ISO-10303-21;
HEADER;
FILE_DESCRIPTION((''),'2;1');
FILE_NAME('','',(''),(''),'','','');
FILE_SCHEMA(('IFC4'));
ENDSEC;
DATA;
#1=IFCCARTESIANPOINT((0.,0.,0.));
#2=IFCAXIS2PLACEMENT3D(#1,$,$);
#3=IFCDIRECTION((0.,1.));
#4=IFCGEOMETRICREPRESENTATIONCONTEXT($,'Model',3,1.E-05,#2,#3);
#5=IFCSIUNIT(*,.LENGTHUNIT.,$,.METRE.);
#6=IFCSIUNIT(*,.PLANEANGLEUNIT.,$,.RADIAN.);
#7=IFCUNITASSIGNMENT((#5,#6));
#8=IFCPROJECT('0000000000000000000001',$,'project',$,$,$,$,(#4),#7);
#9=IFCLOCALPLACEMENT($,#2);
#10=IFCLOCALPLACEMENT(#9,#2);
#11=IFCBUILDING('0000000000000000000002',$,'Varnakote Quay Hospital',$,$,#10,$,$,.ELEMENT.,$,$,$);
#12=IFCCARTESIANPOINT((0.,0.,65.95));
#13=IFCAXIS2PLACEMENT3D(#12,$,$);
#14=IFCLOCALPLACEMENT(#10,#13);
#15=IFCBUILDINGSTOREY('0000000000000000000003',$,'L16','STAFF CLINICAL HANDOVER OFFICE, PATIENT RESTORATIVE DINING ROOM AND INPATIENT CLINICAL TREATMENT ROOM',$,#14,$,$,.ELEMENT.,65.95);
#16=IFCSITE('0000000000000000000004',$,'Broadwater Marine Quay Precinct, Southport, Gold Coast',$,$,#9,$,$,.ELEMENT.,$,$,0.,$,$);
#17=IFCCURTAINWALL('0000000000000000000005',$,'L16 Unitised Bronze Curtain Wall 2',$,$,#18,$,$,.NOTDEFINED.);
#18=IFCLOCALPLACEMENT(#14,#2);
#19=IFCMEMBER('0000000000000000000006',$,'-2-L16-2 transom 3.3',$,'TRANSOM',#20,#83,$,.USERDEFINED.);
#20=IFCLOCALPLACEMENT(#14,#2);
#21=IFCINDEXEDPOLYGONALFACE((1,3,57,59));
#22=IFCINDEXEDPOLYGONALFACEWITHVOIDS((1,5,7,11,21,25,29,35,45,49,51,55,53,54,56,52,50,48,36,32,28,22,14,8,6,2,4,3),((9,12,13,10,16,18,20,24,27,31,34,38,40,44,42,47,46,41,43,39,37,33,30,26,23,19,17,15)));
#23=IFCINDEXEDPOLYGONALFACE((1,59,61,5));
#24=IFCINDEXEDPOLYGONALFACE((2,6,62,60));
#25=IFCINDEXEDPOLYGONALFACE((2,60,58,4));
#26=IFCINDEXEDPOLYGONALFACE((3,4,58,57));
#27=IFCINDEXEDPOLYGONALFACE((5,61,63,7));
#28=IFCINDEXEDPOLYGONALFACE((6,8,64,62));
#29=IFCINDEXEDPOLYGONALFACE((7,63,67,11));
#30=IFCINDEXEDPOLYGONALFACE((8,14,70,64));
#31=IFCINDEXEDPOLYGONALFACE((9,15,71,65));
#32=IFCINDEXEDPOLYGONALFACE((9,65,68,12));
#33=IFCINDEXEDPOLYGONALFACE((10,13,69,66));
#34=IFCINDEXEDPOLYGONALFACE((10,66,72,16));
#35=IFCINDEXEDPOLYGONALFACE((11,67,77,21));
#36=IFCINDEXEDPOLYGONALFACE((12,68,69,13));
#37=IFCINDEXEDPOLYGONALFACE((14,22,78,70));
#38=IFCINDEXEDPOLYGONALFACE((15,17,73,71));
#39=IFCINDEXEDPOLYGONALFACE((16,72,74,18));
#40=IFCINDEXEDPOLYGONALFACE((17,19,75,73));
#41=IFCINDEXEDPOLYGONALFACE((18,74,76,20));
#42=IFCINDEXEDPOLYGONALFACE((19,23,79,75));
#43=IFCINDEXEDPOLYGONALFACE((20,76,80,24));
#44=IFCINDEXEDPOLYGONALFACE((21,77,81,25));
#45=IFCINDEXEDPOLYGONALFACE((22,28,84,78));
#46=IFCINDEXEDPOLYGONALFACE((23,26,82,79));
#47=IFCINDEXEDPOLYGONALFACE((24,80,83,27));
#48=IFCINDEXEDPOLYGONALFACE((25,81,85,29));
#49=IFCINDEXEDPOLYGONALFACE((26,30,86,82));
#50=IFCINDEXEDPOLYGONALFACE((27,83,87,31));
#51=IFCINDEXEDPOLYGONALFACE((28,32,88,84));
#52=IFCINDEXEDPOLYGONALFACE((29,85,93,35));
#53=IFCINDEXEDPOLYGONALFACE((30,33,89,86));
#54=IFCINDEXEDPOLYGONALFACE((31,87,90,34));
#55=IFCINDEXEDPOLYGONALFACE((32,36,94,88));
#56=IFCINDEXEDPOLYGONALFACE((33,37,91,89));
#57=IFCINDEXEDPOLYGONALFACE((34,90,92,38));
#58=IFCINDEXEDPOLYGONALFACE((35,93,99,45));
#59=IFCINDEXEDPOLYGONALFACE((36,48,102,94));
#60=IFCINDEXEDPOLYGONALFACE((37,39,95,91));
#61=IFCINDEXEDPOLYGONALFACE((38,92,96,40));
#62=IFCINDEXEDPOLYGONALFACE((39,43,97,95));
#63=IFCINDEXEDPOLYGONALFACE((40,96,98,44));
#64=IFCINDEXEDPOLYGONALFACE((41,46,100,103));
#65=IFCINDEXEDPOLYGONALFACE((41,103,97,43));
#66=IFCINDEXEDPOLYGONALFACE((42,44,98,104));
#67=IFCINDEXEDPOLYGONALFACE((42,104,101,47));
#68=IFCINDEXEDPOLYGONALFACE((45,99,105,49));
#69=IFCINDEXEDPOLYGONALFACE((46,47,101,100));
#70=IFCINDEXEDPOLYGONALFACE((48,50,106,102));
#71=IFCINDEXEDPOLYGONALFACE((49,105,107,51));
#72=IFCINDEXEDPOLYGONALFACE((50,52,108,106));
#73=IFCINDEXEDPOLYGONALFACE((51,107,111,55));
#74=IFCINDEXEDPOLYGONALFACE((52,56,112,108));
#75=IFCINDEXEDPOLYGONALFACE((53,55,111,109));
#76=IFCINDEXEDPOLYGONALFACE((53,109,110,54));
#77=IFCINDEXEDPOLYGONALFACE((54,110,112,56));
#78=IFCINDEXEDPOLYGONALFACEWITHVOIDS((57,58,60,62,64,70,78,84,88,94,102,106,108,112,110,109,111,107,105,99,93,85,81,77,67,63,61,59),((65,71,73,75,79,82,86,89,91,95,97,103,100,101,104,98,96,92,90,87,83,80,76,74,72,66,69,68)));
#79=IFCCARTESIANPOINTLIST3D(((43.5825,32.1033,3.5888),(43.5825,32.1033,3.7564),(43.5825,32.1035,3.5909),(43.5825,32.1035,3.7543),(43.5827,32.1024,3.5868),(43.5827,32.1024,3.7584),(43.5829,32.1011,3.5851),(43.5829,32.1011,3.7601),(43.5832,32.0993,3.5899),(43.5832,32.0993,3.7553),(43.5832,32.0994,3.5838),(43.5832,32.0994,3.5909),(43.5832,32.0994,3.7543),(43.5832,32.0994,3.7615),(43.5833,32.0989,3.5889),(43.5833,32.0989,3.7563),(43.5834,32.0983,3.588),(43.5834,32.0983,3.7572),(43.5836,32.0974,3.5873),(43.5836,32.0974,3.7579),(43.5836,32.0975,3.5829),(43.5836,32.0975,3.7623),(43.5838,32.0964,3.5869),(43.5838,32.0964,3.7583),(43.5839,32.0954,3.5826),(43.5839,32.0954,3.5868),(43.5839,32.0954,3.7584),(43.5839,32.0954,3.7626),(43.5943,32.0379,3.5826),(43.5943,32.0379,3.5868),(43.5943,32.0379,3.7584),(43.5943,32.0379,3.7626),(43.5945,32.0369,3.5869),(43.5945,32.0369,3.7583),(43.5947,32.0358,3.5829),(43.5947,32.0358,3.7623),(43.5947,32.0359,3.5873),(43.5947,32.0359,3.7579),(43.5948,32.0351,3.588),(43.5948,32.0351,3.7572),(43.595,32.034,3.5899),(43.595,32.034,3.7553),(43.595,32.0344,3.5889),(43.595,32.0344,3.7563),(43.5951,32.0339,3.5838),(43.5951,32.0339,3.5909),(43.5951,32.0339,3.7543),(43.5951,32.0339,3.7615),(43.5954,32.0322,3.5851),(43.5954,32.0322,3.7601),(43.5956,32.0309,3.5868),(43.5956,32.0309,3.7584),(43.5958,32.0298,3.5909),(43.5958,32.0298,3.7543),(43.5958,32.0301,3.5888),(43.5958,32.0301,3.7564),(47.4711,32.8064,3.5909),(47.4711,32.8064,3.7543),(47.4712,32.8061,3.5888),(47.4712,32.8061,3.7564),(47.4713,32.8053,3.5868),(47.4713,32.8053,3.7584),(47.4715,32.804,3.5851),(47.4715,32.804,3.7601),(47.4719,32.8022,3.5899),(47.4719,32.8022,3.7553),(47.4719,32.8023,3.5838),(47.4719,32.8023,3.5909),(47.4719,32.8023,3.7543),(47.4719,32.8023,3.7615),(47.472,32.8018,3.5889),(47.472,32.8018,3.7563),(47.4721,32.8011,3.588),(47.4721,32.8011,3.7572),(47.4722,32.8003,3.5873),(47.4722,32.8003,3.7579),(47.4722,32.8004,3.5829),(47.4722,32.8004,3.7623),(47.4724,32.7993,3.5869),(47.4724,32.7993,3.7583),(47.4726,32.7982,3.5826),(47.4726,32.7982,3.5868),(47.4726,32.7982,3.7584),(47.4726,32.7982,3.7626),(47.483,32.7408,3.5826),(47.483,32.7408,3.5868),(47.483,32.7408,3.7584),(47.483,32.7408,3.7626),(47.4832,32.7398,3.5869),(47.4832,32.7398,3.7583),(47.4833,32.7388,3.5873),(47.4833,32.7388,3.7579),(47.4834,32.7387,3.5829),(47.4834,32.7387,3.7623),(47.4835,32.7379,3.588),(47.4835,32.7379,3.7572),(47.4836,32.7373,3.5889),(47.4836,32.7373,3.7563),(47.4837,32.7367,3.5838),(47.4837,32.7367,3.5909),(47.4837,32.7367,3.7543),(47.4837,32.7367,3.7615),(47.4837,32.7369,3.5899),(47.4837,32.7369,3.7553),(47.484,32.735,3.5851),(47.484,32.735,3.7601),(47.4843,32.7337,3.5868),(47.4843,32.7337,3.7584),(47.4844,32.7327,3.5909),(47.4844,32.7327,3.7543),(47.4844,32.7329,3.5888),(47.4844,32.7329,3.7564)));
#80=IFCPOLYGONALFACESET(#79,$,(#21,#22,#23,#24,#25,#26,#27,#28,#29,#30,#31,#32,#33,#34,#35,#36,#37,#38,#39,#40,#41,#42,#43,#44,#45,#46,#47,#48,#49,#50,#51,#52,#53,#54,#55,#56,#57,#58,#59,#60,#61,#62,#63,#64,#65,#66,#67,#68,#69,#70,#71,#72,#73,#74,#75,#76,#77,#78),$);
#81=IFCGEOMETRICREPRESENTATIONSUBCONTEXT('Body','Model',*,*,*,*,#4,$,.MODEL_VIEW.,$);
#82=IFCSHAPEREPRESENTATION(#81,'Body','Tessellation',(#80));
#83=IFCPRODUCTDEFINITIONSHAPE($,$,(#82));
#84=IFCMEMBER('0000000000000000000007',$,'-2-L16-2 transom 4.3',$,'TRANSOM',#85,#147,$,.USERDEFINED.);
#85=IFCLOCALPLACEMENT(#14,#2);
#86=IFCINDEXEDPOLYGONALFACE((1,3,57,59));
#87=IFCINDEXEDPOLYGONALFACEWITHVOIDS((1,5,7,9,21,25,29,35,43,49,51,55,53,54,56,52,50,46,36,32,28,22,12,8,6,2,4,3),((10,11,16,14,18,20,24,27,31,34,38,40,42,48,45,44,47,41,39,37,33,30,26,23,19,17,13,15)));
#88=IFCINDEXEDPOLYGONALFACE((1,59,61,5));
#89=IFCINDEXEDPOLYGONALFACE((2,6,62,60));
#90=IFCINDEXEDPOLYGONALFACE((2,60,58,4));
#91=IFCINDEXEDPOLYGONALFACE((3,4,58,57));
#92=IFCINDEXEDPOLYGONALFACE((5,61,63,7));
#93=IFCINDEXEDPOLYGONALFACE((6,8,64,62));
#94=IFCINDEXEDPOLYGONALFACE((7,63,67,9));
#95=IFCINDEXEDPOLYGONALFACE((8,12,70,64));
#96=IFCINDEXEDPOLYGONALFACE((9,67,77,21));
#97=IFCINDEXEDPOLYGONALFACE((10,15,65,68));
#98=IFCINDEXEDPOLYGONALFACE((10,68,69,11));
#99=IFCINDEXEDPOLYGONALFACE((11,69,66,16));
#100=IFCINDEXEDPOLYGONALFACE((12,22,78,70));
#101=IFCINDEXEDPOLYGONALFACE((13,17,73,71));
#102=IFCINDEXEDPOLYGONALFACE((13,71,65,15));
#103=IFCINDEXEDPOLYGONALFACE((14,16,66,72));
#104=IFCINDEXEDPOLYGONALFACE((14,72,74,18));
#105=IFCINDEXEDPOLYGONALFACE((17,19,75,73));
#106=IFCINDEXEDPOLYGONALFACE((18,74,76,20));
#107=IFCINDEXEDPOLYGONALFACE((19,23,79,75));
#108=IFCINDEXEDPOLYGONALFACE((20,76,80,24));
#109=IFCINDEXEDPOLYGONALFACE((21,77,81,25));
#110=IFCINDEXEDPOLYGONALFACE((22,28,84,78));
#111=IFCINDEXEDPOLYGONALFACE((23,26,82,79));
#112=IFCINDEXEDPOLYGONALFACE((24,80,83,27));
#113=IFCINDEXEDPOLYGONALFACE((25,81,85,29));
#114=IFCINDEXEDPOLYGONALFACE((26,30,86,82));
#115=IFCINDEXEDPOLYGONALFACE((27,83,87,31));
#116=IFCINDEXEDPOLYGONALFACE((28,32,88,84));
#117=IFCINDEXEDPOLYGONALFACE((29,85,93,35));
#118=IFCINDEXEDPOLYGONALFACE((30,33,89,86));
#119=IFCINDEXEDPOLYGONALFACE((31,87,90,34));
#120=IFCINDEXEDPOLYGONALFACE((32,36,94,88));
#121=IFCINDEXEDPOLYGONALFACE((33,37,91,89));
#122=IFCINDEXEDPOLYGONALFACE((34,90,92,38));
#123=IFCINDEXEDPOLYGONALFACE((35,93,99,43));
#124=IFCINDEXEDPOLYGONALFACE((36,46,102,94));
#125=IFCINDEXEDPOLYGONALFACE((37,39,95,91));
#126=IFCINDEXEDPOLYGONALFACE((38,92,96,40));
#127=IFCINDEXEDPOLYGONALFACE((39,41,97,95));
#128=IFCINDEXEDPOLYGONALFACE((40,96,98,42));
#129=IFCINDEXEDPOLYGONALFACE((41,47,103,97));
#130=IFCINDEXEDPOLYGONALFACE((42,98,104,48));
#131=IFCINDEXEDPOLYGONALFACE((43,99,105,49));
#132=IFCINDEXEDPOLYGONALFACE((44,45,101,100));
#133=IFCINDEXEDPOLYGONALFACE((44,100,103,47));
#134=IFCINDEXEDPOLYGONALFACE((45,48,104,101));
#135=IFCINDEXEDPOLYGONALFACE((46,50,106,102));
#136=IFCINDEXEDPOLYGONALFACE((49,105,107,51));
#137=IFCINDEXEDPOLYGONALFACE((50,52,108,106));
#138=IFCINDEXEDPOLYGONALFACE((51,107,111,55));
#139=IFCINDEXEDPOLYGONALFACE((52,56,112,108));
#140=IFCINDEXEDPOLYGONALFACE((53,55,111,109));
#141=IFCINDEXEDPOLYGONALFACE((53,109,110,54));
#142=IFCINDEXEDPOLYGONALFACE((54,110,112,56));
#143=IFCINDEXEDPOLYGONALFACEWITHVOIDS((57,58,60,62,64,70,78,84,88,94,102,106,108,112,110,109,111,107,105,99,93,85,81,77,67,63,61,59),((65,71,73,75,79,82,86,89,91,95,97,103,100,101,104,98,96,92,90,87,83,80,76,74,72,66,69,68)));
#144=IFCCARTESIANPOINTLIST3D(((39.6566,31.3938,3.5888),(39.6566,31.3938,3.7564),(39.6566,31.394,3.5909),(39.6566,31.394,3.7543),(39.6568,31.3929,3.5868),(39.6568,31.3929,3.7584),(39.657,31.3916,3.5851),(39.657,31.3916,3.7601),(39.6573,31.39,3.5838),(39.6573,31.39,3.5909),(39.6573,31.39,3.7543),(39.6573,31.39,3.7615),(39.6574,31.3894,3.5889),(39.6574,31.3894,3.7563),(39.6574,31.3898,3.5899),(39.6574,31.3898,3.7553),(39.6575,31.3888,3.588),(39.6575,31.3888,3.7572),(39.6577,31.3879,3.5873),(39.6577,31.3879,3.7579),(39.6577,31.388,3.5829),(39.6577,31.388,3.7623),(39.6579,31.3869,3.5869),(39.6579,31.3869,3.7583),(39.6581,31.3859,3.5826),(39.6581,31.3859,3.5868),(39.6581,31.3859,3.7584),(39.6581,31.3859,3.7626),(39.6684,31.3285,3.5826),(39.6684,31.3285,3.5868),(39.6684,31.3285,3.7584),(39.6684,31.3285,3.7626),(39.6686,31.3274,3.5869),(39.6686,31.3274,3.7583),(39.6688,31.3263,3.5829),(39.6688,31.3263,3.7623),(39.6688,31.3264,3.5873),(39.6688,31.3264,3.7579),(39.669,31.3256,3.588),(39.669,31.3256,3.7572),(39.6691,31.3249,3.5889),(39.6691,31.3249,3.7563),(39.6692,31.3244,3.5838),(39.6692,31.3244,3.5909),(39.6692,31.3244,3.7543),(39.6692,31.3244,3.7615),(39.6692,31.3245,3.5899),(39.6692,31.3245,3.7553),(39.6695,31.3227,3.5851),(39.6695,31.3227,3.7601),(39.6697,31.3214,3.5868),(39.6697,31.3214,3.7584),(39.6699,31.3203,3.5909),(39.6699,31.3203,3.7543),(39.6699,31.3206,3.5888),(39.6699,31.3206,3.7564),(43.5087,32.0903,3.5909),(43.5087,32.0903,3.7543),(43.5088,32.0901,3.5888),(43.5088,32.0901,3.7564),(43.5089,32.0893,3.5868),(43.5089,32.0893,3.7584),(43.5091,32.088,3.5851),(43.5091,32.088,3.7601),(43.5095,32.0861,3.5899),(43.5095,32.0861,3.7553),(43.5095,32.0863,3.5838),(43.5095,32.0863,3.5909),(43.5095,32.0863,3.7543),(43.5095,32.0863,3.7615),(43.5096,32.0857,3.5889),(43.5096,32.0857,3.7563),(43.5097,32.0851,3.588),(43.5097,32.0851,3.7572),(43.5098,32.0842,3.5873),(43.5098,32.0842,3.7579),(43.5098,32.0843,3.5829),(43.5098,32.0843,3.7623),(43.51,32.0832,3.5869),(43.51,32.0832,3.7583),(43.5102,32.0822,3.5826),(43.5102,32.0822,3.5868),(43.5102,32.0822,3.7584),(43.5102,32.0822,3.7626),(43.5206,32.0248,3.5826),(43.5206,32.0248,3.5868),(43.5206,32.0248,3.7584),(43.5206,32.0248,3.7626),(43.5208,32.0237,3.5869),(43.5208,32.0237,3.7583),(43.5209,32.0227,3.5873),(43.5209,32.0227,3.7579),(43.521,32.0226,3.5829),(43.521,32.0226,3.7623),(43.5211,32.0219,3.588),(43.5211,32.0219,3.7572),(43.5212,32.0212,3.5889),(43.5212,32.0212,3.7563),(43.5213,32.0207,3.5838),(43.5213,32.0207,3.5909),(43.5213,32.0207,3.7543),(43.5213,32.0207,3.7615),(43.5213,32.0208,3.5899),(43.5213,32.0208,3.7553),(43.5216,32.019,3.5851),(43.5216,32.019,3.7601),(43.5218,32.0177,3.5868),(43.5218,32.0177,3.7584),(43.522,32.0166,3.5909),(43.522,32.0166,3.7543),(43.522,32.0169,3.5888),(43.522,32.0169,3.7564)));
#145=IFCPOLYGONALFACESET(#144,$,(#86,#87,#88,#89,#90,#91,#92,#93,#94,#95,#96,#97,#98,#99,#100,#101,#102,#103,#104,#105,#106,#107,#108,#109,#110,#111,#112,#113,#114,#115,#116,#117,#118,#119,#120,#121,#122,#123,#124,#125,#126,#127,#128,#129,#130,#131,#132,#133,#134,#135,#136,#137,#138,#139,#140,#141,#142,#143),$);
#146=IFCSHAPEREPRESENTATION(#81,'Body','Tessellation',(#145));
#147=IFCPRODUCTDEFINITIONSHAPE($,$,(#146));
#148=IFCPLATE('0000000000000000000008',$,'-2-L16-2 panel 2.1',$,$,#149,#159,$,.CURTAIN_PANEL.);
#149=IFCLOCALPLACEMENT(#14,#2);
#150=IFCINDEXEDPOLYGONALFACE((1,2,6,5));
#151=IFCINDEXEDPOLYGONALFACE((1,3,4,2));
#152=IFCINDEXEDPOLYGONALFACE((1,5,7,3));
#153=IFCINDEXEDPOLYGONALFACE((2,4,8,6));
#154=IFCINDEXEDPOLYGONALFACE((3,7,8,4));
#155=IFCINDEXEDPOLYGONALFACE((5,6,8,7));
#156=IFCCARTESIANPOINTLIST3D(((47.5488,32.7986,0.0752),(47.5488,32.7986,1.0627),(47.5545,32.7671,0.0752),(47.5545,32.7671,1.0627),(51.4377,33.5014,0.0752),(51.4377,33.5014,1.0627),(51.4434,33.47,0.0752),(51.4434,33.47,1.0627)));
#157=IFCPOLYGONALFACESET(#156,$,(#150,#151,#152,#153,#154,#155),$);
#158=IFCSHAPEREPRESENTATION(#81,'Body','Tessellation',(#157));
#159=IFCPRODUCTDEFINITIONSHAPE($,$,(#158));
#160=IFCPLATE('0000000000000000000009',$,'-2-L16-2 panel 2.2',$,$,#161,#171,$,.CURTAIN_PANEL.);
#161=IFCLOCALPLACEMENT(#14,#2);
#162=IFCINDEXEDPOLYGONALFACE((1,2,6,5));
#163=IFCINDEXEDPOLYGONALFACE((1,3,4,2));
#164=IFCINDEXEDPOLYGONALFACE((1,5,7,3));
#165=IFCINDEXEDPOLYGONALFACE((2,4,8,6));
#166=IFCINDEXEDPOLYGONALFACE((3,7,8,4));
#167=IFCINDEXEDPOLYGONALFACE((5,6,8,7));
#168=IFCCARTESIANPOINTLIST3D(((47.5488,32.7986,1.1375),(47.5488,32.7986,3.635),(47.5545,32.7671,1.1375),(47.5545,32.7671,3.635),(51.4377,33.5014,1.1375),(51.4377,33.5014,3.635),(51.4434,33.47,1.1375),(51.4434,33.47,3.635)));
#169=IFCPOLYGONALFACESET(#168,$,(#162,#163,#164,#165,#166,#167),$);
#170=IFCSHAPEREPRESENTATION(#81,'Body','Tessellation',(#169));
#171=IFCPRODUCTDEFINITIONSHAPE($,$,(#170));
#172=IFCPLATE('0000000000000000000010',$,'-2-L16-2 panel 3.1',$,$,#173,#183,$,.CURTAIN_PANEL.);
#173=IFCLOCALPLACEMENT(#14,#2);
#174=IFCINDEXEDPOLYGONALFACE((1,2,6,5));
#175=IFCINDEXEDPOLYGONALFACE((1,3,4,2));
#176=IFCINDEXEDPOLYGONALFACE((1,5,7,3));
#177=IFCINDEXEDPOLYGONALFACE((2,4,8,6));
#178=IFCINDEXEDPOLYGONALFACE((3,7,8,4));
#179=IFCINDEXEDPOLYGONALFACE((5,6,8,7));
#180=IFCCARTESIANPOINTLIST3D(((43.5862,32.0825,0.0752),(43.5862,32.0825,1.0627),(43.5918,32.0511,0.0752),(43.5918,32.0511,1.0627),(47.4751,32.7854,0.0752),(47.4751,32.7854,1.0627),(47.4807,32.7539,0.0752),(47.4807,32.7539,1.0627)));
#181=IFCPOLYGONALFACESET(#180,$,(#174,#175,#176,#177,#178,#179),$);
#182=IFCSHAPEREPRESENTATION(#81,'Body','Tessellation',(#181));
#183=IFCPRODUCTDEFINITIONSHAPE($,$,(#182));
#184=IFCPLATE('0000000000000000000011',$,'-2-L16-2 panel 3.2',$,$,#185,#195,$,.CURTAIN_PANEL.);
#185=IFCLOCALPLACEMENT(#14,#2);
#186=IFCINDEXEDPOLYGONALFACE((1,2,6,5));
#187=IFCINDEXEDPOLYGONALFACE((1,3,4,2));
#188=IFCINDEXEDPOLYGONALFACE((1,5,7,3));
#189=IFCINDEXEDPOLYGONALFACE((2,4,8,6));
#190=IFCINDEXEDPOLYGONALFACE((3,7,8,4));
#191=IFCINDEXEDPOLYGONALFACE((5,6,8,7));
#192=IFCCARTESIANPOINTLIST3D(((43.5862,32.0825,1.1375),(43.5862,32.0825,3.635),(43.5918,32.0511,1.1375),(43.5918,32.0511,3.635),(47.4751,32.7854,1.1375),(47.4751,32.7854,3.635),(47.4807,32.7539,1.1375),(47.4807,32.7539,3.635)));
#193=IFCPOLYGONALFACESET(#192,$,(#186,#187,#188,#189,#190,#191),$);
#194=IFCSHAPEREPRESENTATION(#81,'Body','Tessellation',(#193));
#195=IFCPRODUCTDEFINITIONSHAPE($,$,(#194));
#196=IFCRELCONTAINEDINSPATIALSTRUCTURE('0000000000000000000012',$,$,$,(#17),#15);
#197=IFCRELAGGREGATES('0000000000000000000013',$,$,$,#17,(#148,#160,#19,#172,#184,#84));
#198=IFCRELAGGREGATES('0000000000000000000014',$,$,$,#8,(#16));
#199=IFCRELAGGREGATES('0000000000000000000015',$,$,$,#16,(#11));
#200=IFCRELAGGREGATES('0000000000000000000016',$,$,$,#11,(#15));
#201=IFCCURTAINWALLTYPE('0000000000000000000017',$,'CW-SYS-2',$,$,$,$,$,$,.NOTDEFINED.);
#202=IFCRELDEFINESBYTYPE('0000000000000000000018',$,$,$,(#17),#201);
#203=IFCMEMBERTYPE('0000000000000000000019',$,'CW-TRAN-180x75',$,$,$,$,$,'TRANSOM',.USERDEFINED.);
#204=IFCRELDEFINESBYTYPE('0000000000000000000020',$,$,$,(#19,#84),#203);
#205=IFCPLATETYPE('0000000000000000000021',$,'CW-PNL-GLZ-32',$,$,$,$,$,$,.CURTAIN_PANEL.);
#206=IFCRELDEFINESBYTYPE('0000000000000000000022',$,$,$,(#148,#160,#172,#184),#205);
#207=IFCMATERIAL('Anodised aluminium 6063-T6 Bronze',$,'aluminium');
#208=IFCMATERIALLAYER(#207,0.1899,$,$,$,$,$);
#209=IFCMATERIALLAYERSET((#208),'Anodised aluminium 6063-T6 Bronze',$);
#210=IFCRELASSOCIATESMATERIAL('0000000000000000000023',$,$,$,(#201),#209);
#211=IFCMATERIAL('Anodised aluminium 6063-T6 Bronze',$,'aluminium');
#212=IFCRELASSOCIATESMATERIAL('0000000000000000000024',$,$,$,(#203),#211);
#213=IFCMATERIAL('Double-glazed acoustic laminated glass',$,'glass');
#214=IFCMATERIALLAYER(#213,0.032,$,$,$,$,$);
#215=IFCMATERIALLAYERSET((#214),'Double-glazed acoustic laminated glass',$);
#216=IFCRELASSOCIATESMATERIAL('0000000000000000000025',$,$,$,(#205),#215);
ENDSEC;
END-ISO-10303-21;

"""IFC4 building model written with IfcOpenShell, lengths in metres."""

from ifc_helpers import new_model, si_unit, direction, frame, origin, origin_2d, place, context, subcontext, project, spatial, rectangle, hollow_rectangle, extrude, material, layer, layer_set, material_profile, profile_set, type_object, element, aggregate, save


model = new_model("IFC4")

# Units and contexts
model_context = context("Model", 3, precision=1e-05, world=origin(), true_north=direction((0.0, 1.0)))
body_context = subcontext(model_context, "Body", "Model", "MODEL_VIEW")
ifc_project = project(units=[si_unit("LENGTHUNIT", "METRE"), si_unit("PLANEANGLEUNIT", "RADIAN")], contexts=[model_context])

# Site, building, storey
site_placement = place(None, origin())
site = spatial("IfcSite", under=ifc_project, at=site_placement, Name="Broadwater Marine Quay Precinct, Southport, Gold Coast", CompositionType="ELEMENT", RefElevation=0.0)
building_placement = place(site_placement, origin())
building = spatial("IfcBuilding", under=site, at=building_placement, Name="Varnakote Quay Hospital", CompositionType="ELEMENT")
storey_placement = place(building_placement, frame((0.0, 0.0, 65.95)))
storey = spatial("IfcBuildingStorey", under=building, at=storey_placement, Name="L16", Description="STAFF CLINICAL HANDOVER OFFICE, PATIENT RESTORATIVE DINING ROOM AND INPATIENT CLINICAL TREATMENT ROOM", CompositionType="ELEMENT", Elevation=65.95)

# Curtain wall, members, plates
ifc_material_1 = material(Name="Anodised aluminium 6063-T6 Bronze", Category="aluminium")
ifc_layer_1 = layer(ifc_material_1, 0.1899)
ifc_layer_set_1 = layer_set([ifc_layer_1], Name="Anodised aluminium 6063-T6 Bronze")
curtain_wall_type = type_object("IfcCurtainWallType", Name="CW-SYS-2", PredefinedType="NOTDEFINED", material=ifc_layer_set_1)
curtain_wall_placement = place(storey_placement, origin())
curtain_wall = element("IfcCurtainWall", 1, at=curtain_wall_placement, inside=storey, type_object=curtain_wall_type, Name="L16 Unitised Bronze Curtain Wall 2", PredefinedType="NOTDEFINED")
ifc_material_2 = material(Name="Anodised aluminium 6063-T6 Bronze", Category="aluminium")
ifc_material_profile_1 = material_profile(ifc_material_2, hollow_rectangle(XDim=0.075, YDim=0.1799, WallThickness=0.0042, InnerFilletRadius=0.0042, OuterFilletRadius=0.0083, at=origin_2d()), Name="CW-TRAN-180x75")
ifc_profile_set_1 = profile_set([ifc_material_profile_1], Name="Anodised aluminium 6063-T6 Bronze")
member_type_1 = type_object("IfcMemberType", Name="CW-TRAN-180x75", ElementType="TRANSOM", PredefinedType="USERDEFINED", material=ifc_profile_set_1)
member_1_placement = place(storey_placement, frame((47.4778, 32.7695, 3.6726), z_axis=(-0.984054, -0.177869, 0.0), x_axis=(0.177869, -0.984054, 0.0)))
member_1 = element("IfcMember", 2, at=member_1_placement, type_object=member_type_1, Name="-2-L16-2 transom 3.3", ObjectType="TRANSOM", PredefinedType="USERDEFINED", context=body_context, shape_type="SweptSolid", body=[
    extrude(hollow_rectangle(XDim=0.075, YDim=0.1799, WallThickness=0.0042, InnerFilletRadius=0.0042, OuterFilletRadius=0.0083, at=origin_2d()), origin(), (0.0, 0.0, 1.0), 3.9517),
])
member_2_placement = place(storey_placement, frame((43.5154, 32.0535, 3.6726), z_axis=(-0.984053, -0.177875, 0.0), x_axis=(0.177875, -0.984053, 0.0)))
member_2 = element("IfcMember", 3, at=member_2_placement, type_object=member_type_1, Name="-2-L16-2 transom 4.3", ObjectType="TRANSOM", PredefinedType="USERDEFINED", context=body_context, shape_type="SweptSolid", body=[
    extrude(hollow_rectangle(XDim=0.075, YDim=0.1799, WallThickness=0.0042, InnerFilletRadius=0.0042, OuterFilletRadius=0.0083, at=origin_2d()), origin(), (0.0, 0.0, 1.0), 3.9146),
])
ifc_material_3 = material(Name="Double-glazed acoustic laminated glass", Category="glass")
ifc_layer_2 = layer(ifc_material_3, 0.032)
ifc_layer_set_2 = layer_set([ifc_layer_2], Name="Double-glazed acoustic laminated glass")
plate_type = type_object("IfcPlateType", Name="CW-PNL-GLZ-32", PredefinedType="CURTAIN_PANEL", material=ifc_layer_set_2)
plate_1_placement = place(storey_placement, frame((49.4961, 33.1343, 0.0752), z_axis=(0.0, 0.0, 1.0), x_axis=(-0.984058, -0.177846, 0.0)))
plate_1 = element("IfcPlate", 4, at=plate_1_placement, type_object=plate_type, Name="-2-L16-2 panel 2.1", PredefinedType="CURTAIN_PANEL", context=body_context, shape_type="SweptSolid", body=[
    extrude(rectangle(XDim=3.9519, YDim=0.032, at=origin_2d()), origin(), (0.0, 0.0, 1.0), 0.9875),
])
plate_2_placement = place(storey_placement, frame((49.4961, 33.1343, 1.1375), z_axis=(0.0, 0.0, 1.0), x_axis=(-0.984058, -0.177846, 0.0)))
plate_2 = element("IfcPlate", 5, at=plate_2_placement, type_object=plate_type, Name="-2-L16-2 panel 2.2", PredefinedType="CURTAIN_PANEL", context=body_context, shape_type="SweptSolid", body=[
    extrude(rectangle(XDim=3.9519, YDim=0.032, at=origin_2d()), origin(), (0.0, 0.0, 1.0), 2.4976),
])
plate_3_placement = place(storey_placement, frame((45.5334, 32.4182, 0.0752), z_axis=(0.0, 0.0, 1.0), x_axis=(-0.984058, -0.177846, 0.0)))
plate_3 = element("IfcPlate", 6, at=plate_3_placement, type_object=plate_type, Name="-2-L16-2 panel 3.1", PredefinedType="CURTAIN_PANEL", context=body_context, shape_type="SweptSolid", body=[
    extrude(rectangle(XDim=3.9519, YDim=0.032, at=origin_2d()), origin(), (0.0, 0.0, 1.0), 0.9875),
])
plate_4_placement = place(storey_placement, frame((45.5334, 32.4182, 1.1375), z_axis=(0.0, 0.0, 1.0), x_axis=(-0.984058, -0.177846, 0.0)))
plate_4 = element("IfcPlate", 7, at=plate_4_placement, type_object=plate_type, Name="-2-L16-2 panel 3.2", PredefinedType="CURTAIN_PANEL", context=body_context, shape_type="SweptSolid", body=[
    extrude(rectangle(XDim=3.9519, YDim=0.032, at=origin_2d()), origin(), (0.0, 0.0, 1.0), 2.4976),
])
aggregate(curtain_wall, [plate_1, plate_2, member_1, plate_3, plate_4, member_2])

save(model, "model.ifc")
